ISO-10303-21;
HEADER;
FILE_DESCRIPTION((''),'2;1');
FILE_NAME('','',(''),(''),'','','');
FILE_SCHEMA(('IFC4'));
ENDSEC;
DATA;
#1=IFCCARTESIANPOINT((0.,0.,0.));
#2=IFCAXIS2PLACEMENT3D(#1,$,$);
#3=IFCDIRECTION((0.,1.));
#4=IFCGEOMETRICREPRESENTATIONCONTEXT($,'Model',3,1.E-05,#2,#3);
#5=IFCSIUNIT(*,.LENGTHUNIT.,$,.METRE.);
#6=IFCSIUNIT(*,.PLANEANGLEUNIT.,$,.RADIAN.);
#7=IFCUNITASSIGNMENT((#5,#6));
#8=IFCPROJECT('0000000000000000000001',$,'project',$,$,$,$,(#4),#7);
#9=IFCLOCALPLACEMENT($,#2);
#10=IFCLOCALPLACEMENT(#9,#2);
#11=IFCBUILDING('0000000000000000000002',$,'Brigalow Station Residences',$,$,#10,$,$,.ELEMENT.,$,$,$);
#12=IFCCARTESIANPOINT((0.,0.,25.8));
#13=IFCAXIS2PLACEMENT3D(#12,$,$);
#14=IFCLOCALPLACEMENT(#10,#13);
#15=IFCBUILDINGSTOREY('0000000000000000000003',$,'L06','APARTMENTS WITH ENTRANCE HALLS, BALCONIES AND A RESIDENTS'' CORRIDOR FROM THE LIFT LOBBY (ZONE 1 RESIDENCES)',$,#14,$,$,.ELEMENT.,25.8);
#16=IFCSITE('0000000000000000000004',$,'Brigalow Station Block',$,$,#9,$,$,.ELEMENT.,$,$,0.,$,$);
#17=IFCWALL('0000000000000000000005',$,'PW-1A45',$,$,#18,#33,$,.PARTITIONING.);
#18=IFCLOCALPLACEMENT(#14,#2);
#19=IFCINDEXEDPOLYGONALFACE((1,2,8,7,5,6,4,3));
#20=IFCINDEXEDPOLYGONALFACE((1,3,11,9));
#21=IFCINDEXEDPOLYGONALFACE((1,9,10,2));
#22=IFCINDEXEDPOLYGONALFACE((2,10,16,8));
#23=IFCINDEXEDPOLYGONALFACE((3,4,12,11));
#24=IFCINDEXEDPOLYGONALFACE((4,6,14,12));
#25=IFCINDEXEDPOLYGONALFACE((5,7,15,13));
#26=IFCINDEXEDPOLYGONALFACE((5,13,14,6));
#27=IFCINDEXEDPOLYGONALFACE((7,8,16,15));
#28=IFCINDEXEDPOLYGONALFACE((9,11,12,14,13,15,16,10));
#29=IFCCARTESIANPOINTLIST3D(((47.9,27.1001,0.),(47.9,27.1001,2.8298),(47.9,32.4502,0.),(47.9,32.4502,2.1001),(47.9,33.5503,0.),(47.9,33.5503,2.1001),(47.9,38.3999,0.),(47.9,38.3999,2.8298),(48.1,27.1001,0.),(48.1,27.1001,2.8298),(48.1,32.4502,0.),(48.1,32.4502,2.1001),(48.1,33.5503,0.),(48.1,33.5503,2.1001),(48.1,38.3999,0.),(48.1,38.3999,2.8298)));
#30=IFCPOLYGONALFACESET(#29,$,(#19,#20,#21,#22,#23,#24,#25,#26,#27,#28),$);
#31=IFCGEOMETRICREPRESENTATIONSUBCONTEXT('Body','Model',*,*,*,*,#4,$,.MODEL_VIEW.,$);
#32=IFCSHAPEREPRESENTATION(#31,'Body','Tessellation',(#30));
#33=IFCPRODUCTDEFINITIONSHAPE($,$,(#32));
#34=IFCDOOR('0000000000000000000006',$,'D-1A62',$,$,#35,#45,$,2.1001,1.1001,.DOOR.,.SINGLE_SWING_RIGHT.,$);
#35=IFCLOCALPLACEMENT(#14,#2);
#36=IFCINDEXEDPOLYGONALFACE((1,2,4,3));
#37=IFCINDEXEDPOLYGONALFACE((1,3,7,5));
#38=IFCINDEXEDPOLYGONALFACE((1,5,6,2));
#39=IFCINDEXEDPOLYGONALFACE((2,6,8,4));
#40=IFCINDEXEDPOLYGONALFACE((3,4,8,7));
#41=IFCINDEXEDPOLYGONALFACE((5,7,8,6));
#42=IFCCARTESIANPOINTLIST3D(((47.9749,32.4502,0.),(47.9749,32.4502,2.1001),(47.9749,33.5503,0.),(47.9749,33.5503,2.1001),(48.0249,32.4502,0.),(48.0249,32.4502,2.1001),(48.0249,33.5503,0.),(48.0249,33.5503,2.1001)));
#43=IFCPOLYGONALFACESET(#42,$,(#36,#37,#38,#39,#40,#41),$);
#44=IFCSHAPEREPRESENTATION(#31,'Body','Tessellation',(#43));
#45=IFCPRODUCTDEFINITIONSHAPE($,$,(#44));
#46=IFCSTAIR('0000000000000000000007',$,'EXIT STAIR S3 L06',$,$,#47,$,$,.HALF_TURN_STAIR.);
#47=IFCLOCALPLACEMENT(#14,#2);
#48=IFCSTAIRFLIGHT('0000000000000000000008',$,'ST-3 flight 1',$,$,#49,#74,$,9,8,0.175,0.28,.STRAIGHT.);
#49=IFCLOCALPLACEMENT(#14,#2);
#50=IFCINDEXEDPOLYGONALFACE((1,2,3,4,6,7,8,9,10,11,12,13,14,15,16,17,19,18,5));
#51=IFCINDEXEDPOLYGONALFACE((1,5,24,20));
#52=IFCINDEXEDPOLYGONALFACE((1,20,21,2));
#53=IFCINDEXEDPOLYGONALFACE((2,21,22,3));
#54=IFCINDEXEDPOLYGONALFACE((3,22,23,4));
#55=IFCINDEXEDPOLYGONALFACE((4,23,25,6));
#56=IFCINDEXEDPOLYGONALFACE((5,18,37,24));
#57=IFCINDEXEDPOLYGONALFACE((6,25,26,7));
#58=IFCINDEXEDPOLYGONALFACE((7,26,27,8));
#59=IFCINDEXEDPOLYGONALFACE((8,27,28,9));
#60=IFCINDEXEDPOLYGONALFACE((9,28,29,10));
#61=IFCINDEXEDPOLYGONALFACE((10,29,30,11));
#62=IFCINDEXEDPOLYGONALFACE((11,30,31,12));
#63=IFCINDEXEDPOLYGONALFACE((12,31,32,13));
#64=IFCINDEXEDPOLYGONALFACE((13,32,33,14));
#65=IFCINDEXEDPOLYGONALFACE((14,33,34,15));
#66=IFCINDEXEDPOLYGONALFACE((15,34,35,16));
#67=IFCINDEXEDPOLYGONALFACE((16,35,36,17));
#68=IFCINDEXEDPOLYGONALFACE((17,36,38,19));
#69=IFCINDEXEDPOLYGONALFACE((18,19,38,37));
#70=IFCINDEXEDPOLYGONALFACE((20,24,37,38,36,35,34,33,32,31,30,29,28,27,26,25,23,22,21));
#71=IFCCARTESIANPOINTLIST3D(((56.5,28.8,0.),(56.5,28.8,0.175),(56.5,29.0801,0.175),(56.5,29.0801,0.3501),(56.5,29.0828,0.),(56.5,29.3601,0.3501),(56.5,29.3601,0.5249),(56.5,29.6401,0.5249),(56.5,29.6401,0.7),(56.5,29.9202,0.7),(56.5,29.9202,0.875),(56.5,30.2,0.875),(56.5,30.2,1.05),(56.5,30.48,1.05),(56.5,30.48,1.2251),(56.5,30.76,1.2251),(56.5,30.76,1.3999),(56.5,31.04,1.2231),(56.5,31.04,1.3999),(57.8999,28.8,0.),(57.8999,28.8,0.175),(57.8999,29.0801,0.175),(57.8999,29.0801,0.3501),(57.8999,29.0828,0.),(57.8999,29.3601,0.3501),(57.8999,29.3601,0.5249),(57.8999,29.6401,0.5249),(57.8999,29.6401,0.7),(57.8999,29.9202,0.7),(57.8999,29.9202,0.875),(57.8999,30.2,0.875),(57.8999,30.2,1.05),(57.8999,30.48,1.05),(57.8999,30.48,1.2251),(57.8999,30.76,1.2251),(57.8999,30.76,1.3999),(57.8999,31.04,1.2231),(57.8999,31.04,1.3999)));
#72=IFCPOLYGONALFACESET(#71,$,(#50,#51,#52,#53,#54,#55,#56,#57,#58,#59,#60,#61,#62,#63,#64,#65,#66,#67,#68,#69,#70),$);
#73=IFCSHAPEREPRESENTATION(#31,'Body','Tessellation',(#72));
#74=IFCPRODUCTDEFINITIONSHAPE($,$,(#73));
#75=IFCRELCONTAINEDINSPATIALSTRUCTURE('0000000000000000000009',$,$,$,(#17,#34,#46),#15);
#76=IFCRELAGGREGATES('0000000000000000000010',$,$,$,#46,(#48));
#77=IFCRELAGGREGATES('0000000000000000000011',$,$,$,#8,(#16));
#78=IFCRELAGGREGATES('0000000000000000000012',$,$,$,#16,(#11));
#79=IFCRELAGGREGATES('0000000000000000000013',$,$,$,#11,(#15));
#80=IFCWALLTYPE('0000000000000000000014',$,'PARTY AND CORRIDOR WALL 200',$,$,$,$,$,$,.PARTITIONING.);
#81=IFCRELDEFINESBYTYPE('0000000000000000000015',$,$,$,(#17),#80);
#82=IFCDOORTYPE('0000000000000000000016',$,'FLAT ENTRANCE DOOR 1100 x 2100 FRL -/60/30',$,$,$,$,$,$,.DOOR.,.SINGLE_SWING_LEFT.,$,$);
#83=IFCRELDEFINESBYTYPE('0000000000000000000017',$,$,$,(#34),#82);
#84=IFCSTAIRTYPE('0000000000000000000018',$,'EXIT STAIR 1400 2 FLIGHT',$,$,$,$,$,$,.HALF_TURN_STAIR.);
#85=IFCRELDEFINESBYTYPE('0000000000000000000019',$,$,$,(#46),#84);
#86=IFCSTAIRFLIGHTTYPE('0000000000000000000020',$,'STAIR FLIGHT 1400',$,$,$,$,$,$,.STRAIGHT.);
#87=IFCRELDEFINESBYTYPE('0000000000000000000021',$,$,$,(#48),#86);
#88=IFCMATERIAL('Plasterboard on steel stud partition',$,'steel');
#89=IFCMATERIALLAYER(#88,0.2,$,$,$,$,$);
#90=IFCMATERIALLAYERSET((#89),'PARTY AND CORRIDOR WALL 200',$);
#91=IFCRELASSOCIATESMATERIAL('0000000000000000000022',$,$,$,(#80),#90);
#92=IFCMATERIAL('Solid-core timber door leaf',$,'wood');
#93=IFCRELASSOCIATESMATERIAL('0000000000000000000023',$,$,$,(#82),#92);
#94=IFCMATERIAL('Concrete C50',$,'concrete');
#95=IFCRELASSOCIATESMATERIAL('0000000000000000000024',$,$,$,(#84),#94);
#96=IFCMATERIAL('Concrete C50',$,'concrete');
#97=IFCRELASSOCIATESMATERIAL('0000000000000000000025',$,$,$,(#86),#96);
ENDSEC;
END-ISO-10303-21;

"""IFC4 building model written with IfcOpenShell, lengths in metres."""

from ifc_helpers import new_model, si_unit, direction, frame, frame_2d, origin, place, context, subcontext, project, spatial, polyline, rectangle, outline, extrude, material, layer, layer_set, type_object, element, fill, aggregate, save


model = new_model("IFC4")

# Units and contexts
model_context = context("Model", 3, precision=1e-05, world=origin(), true_north=direction((0.0, 1.0)))
body_context = subcontext(model_context, "Body", "Model", "MODEL_VIEW")
ifc_project = project(units=[si_unit("LENGTHUNIT", "METRE"), si_unit("PLANEANGLEUNIT", "RADIAN")], contexts=[model_context])

# Site, building, storey
site_placement = place(None, origin())
site = spatial("IfcSite", under=ifc_project, at=site_placement, Name="Brigalow Station Block", CompositionType="ELEMENT", RefElevation=0.0)
building_placement = place(site_placement, origin())
building = spatial("IfcBuilding", under=site, at=building_placement, Name="Brigalow Station Residences", CompositionType="ELEMENT")
storey_placement = place(building_placement, frame((0.0, 0.0, 25.8)))
storey = spatial("IfcBuildingStorey", under=building, at=storey_placement, Name="L06", Description="APARTMENTS WITH ENTRANCE HALLS, BALCONIES AND A RESIDENTS' CORRIDOR FROM THE LIFT LOBBY (ZONE 1 RESIDENCES)", CompositionType="ELEMENT", Elevation=25.8)

# Shared definitions
ifc_material_1 = material(Name="Plasterboard on steel stud partition", Category="steel")
ifc_layer_1 = layer(ifc_material_1, 0.2)
ifc_layer_set_1 = layer_set([ifc_layer_1], Name="PARTY AND CORRIDOR WALL 200")
wall_type_1 = type_object("IfcWallType", Name="PARTY AND CORRIDOR WALL 200", PredefinedType="PARTITIONING", material=ifc_layer_set_1)

# Wall, opening, door
wall_1_placement = place(storey_placement, frame((48.0, 27.1001, 0.0), z_axis=(0.0, 0.0, 1.0), x_axis=(0.0, 1.0, 0.0)))
wall_1 = element("IfcWall", 1, at=wall_1_placement, inside=storey, type_object=wall_type_1, Name="PW-1A45", PredefinedType="PARTITIONING", context=body_context, shape_type="SweptSolid", body=[
    extrude(rectangle(XDim=11.2998, YDim=0.2, at=frame_2d((5.6499, 0.0))), origin(), (0.0, 0.0, 1.0), 2.8298),
])
opening_1_placement = place(wall_1_placement, frame((5.3501, 0.0, 0.0)))
opening_1 = element("IfcOpeningElement", 2, at=opening_1_placement, cuts=wall_1, PredefinedType="OPENING", context=body_context, shape_type="SweptSolid", body=[
    extrude(rectangle(XDim=1.1001, YDim=2.1001, at=frame_2d((0.55, 1.05))), frame((0.0, 0.1099, 0.0), z_axis=(0.0, -1.0, 0.0), x_axis=(1.0, 0.0, 0.0)), (0.0, 0.0, 1.0), 0.22),
])
ifc_material_2 = material(Name="Solid-core timber door leaf", Category="wood")
door_type_1 = type_object("IfcDoorType", Name="FLAT ENTRANCE DOOR 1100 x 2100 FRL -/60/30", OperationType="SINGLE_SWING_LEFT", PredefinedType="DOOR", material=ifc_material_2)
door_1_placement = place(opening_1_placement, frame((1.1001, 0.0, 0.0), z_axis=(0.0, 0.0, 1.0), x_axis=(-1.0, 0.0, 0.0)))
door_1 = element("IfcDoor", 3, at=door_1_placement, inside=storey, type_object=door_type_1, Name="D-1A62", OperationType="SINGLE_SWING_RIGHT", OverallHeight=2.1001, OverallWidth=1.1001, PredefinedType="DOOR", context=body_context, shape_type="SweptSolid", body=[
    extrude(rectangle(XDim=1.1001, YDim=2.1001, at=frame_2d((0.55, 1.05))), frame((0.0, 0.0249, 0.0), z_axis=(0.0, -1.0, 0.0), x_axis=(1.0, 0.0, 0.0)), (0.0, 0.0, 1.0), 0.05),
])
fill(opening_1, door_1)

# Stair, stair flight
ifc_material_3 = material(Name="Concrete C50", Category="concrete")
stair_type = type_object("IfcStairType", Name="EXIT STAIR 1400 2 FLIGHT", PredefinedType="HALF_TURN_STAIR", material=ifc_material_3)
stair_placement = place(storey_placement, origin())
stair = element("IfcStair", 4, at=stair_placement, inside=storey, type_object=stair_type, Name="EXIT STAIR S3 L06", PredefinedType="HALF_TURN_STAIR")
ifc_material_4 = material(Name="Concrete C50", Category="concrete")
stair_flight_type = type_object("IfcStairFlightType", Name="STAIR FLIGHT 1400", PredefinedType="STRAIGHT", material=ifc_material_4)
stair_flight_placement = place(storey_placement, frame((57.2, 28.8, 0.0), z_axis=(0.0, 0.0, 1.0), x_axis=(0.0, 1.0, 0.0)))
stair_flight = element("IfcStairFlight", 5, at=stair_flight_placement, type_object=stair_flight_type, Name="ST-3 flight 1", NumberOfRisers=9, NumberOfTreads=8, PredefinedType="STRAIGHT", RiserHeight=0.175, TreadLength=0.28, context=body_context, shape_type="SweptSolid", body=[
    extrude(outline(polyline([(0.0, 0.0), (0.0, 0.175), (0.28, 0.175), (0.28, 0.3501), (0.5601, 0.3501), (0.5601, 0.5249), (0.8401, 0.5249), (0.8401, 0.7), (1.1201, 0.7), (1.1201, 0.875), (1.3999, 0.875), (1.3999, 1.05), (1.6799, 1.05), (1.6799, 1.2251), (1.96, 1.2251), (1.96, 1.3999), (2.24, 1.3999), (2.24, 1.575), (2.24, 1.2231), (0.2827, 0.0), (0.0, 0.0)])), frame((0.0, 0.7, 0.0), z_axis=(0.0, -1.0, 0.0), x_axis=(1.0, 0.0, 0.0)), (0.0, 0.0, 1.0), 1.3999),
])
aggregate(stair, [stair_flight])

save(model, "model.ifc")
